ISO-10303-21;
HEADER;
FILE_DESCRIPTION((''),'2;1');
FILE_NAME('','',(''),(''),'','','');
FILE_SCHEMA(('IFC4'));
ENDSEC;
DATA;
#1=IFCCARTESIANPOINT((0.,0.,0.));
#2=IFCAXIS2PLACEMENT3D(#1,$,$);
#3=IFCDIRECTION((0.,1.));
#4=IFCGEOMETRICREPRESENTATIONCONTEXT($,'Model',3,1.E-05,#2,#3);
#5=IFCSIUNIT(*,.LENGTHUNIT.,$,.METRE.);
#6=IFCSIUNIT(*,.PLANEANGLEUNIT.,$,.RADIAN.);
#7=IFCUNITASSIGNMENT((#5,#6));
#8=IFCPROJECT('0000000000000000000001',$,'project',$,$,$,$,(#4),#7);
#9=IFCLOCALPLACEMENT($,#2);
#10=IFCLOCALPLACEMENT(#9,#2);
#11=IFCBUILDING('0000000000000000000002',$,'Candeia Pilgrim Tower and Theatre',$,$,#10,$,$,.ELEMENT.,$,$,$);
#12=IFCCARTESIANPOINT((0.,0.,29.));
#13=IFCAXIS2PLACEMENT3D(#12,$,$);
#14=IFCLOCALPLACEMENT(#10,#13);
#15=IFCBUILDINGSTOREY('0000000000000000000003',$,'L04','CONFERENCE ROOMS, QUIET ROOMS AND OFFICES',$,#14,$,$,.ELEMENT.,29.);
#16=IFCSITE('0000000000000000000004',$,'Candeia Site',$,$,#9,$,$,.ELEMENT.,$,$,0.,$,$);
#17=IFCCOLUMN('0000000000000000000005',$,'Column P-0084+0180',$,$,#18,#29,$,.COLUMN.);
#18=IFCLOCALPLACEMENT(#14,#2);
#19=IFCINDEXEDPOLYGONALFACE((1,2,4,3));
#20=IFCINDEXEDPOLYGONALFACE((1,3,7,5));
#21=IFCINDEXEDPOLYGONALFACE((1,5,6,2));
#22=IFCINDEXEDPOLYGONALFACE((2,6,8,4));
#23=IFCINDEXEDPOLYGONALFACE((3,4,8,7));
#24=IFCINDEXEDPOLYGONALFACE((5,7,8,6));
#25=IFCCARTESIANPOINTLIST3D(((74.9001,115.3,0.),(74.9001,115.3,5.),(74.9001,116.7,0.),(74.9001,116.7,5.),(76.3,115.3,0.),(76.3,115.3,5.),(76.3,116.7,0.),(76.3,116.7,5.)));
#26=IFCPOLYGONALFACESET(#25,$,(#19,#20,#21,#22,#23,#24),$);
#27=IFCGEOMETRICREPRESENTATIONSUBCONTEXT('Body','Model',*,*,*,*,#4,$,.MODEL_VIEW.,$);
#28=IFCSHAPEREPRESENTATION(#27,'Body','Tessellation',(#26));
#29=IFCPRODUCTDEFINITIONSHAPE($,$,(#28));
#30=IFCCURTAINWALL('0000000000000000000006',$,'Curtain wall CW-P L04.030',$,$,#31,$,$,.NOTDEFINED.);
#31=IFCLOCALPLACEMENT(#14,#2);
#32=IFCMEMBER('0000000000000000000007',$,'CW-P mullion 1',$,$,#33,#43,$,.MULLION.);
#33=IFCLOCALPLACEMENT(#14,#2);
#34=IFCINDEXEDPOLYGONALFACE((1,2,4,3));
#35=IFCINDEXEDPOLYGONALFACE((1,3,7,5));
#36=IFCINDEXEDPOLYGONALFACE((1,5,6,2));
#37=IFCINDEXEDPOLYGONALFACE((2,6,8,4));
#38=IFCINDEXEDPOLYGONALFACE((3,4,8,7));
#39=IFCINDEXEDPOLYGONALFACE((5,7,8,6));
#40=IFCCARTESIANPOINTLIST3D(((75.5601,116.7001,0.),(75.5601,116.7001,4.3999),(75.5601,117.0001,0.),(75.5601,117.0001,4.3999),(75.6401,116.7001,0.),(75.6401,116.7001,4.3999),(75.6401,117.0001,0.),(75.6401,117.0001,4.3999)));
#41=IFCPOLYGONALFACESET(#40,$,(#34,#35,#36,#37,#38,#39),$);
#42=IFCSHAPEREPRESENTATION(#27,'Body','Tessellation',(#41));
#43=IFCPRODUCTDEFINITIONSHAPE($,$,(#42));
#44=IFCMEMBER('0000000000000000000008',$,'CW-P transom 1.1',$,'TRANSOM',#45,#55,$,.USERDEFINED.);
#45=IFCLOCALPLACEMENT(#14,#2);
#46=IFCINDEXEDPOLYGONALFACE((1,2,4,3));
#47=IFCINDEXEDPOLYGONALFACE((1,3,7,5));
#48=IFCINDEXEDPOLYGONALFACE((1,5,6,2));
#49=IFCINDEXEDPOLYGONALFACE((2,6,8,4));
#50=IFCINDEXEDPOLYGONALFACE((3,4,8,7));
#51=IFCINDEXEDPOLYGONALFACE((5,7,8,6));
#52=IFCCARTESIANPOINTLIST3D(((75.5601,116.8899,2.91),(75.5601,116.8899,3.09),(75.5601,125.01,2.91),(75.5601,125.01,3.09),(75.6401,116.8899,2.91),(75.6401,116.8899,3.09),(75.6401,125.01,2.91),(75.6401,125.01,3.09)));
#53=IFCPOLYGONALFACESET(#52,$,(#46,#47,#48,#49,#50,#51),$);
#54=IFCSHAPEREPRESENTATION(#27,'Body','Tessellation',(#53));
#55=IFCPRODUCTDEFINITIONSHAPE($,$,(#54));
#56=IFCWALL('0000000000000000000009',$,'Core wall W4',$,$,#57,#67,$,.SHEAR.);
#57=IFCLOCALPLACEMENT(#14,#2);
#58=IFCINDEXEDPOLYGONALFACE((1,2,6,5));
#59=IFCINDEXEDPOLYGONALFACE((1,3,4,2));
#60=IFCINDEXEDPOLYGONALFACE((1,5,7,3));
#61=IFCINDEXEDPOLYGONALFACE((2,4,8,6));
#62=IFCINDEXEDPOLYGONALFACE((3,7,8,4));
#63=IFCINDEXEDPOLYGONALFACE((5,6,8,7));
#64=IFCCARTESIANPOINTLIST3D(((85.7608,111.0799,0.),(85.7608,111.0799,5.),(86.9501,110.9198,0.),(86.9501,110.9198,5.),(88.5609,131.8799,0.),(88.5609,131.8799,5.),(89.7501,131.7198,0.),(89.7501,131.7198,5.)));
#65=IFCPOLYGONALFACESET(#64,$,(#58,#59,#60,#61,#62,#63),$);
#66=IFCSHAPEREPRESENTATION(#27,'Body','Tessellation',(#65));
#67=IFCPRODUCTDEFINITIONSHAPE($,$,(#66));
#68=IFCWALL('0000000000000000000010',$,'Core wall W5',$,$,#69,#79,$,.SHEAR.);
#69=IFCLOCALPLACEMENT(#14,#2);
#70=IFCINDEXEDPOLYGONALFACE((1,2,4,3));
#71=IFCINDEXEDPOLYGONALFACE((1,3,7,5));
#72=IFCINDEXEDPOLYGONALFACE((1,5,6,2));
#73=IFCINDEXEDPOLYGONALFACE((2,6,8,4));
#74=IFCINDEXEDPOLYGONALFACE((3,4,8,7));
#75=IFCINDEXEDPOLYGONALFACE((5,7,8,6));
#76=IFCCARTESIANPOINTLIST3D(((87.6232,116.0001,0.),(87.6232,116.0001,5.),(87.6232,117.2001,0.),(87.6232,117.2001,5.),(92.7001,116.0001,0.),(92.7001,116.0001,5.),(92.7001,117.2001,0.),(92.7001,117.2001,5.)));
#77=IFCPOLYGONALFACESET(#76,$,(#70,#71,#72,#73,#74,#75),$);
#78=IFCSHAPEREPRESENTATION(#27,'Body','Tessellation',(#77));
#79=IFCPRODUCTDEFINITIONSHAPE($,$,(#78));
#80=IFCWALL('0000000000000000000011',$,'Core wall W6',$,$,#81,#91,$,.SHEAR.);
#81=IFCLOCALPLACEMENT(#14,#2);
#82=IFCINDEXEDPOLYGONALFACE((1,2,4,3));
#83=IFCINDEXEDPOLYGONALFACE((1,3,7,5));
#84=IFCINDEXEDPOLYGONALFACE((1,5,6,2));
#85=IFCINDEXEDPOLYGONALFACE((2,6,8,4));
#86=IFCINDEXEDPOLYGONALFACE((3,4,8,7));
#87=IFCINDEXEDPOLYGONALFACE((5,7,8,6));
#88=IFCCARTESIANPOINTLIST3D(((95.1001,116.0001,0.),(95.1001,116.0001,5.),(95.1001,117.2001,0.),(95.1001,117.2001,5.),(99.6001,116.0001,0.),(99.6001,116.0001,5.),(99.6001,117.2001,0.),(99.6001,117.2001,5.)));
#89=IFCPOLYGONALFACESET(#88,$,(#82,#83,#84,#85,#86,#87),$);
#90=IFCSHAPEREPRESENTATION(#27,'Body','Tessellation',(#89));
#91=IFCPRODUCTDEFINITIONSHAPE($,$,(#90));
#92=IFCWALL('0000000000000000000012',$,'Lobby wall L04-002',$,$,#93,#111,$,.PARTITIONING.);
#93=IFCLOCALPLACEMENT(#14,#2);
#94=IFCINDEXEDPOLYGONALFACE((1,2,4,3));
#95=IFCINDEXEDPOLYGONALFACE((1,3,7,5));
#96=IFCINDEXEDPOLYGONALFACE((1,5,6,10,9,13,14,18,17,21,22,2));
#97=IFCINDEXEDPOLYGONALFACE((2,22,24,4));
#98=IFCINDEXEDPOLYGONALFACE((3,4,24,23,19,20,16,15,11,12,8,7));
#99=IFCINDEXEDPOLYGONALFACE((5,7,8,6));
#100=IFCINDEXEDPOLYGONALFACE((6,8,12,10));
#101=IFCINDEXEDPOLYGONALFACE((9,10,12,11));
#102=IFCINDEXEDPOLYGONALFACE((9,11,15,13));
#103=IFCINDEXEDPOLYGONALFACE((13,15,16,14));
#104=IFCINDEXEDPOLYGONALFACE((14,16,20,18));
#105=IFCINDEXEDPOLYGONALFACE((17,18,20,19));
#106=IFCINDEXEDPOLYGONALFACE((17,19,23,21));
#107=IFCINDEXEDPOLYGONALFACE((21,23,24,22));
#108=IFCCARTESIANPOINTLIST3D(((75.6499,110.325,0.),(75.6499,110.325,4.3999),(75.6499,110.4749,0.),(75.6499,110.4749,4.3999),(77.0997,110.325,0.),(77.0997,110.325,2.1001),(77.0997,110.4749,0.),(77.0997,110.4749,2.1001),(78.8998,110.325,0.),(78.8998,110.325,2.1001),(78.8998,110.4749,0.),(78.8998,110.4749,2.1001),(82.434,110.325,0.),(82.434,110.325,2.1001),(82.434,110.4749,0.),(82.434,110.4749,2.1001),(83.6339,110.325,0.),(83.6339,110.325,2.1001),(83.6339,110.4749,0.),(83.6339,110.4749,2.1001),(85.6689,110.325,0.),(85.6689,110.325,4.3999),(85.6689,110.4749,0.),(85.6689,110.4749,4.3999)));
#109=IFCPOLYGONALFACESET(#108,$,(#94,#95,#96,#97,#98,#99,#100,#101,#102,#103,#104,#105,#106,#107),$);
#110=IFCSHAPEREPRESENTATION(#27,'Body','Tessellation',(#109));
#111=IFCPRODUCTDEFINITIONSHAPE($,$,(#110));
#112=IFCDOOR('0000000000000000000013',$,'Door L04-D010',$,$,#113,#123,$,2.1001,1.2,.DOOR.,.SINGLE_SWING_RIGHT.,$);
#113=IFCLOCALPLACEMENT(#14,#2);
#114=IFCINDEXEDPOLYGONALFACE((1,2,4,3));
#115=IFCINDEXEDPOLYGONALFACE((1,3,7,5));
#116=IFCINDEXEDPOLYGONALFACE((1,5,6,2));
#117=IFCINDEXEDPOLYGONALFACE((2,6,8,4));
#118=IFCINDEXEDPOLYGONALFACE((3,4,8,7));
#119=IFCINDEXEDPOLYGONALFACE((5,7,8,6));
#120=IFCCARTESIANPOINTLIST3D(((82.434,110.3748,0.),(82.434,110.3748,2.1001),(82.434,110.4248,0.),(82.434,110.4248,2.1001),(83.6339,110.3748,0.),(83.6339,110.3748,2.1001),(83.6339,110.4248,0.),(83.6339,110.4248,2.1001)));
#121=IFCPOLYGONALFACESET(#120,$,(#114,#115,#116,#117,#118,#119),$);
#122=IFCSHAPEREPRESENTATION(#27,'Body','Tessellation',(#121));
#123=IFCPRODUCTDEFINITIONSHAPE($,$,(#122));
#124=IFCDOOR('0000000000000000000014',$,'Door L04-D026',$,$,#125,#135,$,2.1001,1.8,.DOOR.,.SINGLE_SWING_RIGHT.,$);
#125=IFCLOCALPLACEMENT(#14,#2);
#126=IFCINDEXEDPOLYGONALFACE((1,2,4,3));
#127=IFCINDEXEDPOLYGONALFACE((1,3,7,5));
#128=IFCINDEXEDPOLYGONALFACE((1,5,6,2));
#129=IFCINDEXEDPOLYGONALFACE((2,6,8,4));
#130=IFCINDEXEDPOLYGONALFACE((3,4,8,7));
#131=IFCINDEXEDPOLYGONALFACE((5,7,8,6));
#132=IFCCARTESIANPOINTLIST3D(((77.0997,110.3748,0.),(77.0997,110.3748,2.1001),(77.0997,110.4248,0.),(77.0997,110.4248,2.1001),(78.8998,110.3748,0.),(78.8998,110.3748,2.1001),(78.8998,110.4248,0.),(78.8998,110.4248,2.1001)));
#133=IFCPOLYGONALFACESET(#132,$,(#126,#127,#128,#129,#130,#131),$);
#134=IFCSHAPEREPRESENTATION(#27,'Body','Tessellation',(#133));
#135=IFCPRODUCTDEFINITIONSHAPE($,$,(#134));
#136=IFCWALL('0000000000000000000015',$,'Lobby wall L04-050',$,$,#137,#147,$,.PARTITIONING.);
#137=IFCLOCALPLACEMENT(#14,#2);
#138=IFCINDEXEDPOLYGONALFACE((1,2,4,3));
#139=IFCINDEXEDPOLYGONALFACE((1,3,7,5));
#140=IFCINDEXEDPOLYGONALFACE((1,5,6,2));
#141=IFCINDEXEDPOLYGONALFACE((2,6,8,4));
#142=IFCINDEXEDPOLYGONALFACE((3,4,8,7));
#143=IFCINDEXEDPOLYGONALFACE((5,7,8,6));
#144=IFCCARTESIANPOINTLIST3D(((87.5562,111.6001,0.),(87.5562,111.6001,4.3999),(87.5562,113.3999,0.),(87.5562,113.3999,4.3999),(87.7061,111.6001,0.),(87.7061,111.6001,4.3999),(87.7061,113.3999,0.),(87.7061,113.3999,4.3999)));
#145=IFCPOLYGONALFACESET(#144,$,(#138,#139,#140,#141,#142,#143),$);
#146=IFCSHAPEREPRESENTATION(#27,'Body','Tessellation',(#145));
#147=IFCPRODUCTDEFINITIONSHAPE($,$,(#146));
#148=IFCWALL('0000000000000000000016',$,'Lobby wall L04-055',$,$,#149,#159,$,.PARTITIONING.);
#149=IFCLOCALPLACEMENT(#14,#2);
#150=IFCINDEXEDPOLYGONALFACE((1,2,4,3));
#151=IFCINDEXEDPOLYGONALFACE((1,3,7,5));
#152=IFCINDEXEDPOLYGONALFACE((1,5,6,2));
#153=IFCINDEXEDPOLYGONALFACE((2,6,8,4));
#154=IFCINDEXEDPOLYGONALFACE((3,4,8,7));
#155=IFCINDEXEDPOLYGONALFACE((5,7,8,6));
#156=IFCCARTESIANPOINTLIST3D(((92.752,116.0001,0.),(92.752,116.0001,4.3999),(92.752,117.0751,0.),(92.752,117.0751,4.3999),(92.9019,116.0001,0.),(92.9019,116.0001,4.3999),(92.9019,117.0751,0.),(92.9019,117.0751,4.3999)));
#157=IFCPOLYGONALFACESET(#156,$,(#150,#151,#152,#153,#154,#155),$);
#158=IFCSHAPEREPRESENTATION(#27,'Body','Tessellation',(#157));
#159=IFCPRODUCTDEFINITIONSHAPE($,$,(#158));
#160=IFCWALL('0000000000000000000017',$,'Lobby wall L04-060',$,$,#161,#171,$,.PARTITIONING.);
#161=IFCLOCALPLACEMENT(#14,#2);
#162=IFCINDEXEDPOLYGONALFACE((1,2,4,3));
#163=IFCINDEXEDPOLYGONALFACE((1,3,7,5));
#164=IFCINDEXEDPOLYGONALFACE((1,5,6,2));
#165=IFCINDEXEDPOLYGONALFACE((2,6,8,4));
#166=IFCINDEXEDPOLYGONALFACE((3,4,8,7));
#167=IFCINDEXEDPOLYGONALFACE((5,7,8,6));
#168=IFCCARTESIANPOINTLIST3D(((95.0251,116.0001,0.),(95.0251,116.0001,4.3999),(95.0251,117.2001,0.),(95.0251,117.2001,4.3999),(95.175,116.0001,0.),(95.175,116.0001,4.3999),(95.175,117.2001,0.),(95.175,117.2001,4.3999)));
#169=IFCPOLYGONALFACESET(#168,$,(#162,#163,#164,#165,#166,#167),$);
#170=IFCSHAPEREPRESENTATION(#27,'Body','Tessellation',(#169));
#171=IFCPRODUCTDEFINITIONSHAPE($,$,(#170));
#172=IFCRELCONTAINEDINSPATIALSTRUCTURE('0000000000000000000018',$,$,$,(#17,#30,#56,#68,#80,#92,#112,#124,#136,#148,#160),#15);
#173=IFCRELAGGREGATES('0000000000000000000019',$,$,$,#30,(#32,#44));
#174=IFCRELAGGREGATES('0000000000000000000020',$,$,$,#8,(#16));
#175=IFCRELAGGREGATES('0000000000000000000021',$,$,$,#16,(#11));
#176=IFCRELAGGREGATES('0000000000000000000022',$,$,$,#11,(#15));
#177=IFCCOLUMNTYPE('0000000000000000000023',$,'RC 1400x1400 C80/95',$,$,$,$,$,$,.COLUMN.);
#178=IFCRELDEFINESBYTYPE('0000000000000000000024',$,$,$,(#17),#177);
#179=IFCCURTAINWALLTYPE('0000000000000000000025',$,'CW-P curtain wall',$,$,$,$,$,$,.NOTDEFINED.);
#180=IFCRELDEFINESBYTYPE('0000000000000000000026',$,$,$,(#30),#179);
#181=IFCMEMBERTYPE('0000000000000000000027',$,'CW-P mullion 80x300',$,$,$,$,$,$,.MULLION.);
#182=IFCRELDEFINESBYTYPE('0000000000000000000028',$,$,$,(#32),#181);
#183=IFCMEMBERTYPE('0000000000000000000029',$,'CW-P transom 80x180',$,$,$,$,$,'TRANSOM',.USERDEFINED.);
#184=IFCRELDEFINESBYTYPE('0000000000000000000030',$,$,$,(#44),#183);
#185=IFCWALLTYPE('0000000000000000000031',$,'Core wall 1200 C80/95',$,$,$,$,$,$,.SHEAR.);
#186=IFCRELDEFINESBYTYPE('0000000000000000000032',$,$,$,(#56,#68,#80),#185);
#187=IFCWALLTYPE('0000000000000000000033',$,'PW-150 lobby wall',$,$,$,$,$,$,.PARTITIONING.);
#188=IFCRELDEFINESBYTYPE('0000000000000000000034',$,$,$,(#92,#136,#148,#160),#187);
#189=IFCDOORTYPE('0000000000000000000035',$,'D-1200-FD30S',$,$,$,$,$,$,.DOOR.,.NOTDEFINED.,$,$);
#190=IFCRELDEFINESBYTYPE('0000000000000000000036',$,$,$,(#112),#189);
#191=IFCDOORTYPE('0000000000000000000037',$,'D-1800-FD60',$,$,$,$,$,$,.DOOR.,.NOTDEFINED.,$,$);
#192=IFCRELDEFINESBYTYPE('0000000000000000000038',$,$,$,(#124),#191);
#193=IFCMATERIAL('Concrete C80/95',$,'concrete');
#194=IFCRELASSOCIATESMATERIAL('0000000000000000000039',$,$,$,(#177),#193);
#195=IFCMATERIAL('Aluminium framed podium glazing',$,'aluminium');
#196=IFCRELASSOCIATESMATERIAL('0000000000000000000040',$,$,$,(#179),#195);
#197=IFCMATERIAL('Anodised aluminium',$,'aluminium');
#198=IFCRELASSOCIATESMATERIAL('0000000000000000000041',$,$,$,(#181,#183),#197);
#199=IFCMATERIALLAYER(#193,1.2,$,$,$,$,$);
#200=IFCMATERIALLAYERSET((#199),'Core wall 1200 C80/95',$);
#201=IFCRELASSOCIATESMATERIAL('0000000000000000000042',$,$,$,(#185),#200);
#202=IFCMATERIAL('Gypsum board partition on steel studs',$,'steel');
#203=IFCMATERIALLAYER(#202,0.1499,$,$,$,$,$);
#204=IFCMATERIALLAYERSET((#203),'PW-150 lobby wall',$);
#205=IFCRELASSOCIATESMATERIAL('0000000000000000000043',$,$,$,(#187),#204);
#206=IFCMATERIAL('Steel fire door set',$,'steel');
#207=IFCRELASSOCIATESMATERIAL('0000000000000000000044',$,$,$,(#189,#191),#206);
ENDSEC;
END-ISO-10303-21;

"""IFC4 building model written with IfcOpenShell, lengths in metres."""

from ifc_helpers import new_model, si_unit, direction, frame, frame_2d, origin, origin_2d, place, context, subcontext, project, spatial, rectangle, extrude, material, layer, layer_set, material_profile, profile_set, type_object, element, fill, aggregate, save


model = new_model("IFC4")

# Units and contexts
model_context = context("Model", 3, precision=1e-05, world=origin(), true_north=direction((0.0, 1.0)))
body_context = subcontext(model_context, "Body", "Model", "MODEL_VIEW")
ifc_project = project(units=[si_unit("LENGTHUNIT", "METRE"), si_unit("PLANEANGLEUNIT", "RADIAN")], contexts=[model_context])

# Site, building, storey
site_placement = place(None, origin())
site = spatial("IfcSite", under=ifc_project, at=site_placement, Name="Candeia Site", CompositionType="ELEMENT", RefElevation=0.0)
building_placement = place(site_placement, origin())
building = spatial("IfcBuilding", under=site, at=building_placement, Name="Candeia Pilgrim Tower and Theatre", CompositionType="ELEMENT")
storey_placement = place(building_placement, frame((0.0, 0.0, 29.0)))
storey = spatial("IfcBuildingStorey", under=building, at=storey_placement, Name="L04", Description="CONFERENCE ROOMS, QUIET ROOMS AND OFFICES", CompositionType="ELEMENT", Elevation=29.0)

# Column
ifc_material_1 = material(Name="Concrete C80/95", Category="concrete")
ifc_material_profile_1 = material_profile(ifc_material_1, rectangle(XDim=1.3999, YDim=1.3999, at=origin_2d()))
ifc_profile_set_1 = profile_set([ifc_material_profile_1], Name="Concrete C80/95")
column_type = type_object("IfcColumnType", Name="RC 1400x1400 C80/95", PredefinedType="COLUMN", material=ifc_profile_set_1)
column_placement = place(storey_placement, frame((75.6001, 116.0, 0.0), z_axis=(0.0, 0.0, 1.0), x_axis=(1.0, 0.0, 0.0)))
element("IfcColumn", 1, at=column_placement, inside=storey, type_object=column_type, Name="Column P-0084+0180", PredefinedType="COLUMN", context=body_context, shape_type="SweptSolid", body=[
    extrude(rectangle(XDim=1.3999, YDim=1.3999, at=origin_2d()), origin(), (0.0, 0.0, 1.0), 5.0),
])

# Curtain wall, members
ifc_material_2 = material(Name="Aluminium framed podium glazing", Category="aluminium")
curtain_wall_type = type_object("IfcCurtainWallType", Name="CW-P curtain wall", PredefinedType="NOTDEFINED", material=ifc_material_2)
curtain_wall_placement = place(storey_placement, origin())
curtain_wall = element("IfcCurtainWall", 2, at=curtain_wall_placement, inside=storey, type_object=curtain_wall_type, Name="Curtain wall CW-P L04.030", PredefinedType="NOTDEFINED")
ifc_material_3 = material(Name="Anodised aluminium", Category="aluminium")
ifc_material_profile_2 = material_profile(ifc_material_3, rectangle(XDim=0.0801, YDim=0.3, at=origin_2d()))
ifc_profile_set_2 = profile_set([ifc_material_profile_2], Name="Anodised aluminium")
member_type_1 = type_object("IfcMemberType", Name="CW-P mullion 80x300", PredefinedType="MULLION", material=ifc_profile_set_2)
member_1_placement = place(storey_placement, frame((75.6001, 116.8501, 0.0), z_axis=(0.0, 0.0, 1.0), x_axis=(-1.0, 0.0, 0.0)))
member_1 = element("IfcMember", 3, at=member_1_placement, type_object=member_type_1, Name="CW-P mullion 1", PredefinedType="MULLION", context=body_context, shape_type="SweptSolid", body=[
    extrude(rectangle(XDim=0.0801, YDim=0.3, at=origin_2d()), origin(), (0.0, 0.0, 1.0), 4.3999),
])
ifc_material_profile_3 = material_profile(ifc_material_3, rectangle(XDim=0.0801, YDim=0.1799, at=origin_2d()))
ifc_profile_set_3 = profile_set([ifc_material_profile_3], Name="Anodised aluminium")
member_type_2 = type_object("IfcMemberType", Name="CW-P transom 80x180", ElementType="TRANSOM", PredefinedType="USERDEFINED", material=ifc_profile_set_3)
member_2_placement = place(storey_placement, frame((75.6001, 116.8899, 3.0), z_axis=(0.0, 1.0, 0.0), x_axis=(-1.0, 0.0, 0.0)))
member_2 = element("IfcMember", 4, at=member_2_placement, type_object=member_type_2, Name="CW-P transom 1.1", ObjectType="TRANSOM", PredefinedType="USERDEFINED", context=body_context, shape_type="SweptSolid", body=[
    extrude(rectangle(XDim=0.0801, YDim=0.1799, at=origin_2d()), origin(), (0.0, 0.0, 1.0), 8.1201),
])
aggregate(curtain_wall, [member_1, member_2])

# Walls
ifc_layer_1 = layer(ifc_material_1, 1.2)
ifc_layer_set_1 = layer_set([ifc_layer_1], Name="Core wall 1200 C80/95")
wall_type_1 = type_object("IfcWallType", Name="Core wall 1200 C80/95", PredefinedType="SHEAR", material=ifc_layer_set_1)
wall_1_placement = place(storey_placement, frame((86.3555, 111.0, 0.0), z_axis=(0.0, 0.0, 1.0), x_axis=(0.133414, 0.99106, 0.0)))
element("IfcWall", 5, at=wall_1_placement, inside=storey, type_object=wall_type_1, Name="Core wall W4", PredefinedType="SHEAR", context=body_context, shape_type="SweptSolid", body=[
    extrude(rectangle(XDim=20.9875, YDim=1.2, at=frame_2d((10.4937, 0.0))), origin(), (0.0, 0.0, 1.0), 5.0),
])
wall_2_placement = place(storey_placement, frame((87.623, 116.6001, 0.0), z_axis=(0.0, 0.0, 1.0), x_axis=(1.0, 0.0, 0.0)))
element("IfcWall", 6, at=wall_2_placement, inside=storey, type_object=wall_type_1, Name="Core wall W5", PredefinedType="SHEAR", context=body_context, shape_type="SweptSolid", body=[
    extrude(rectangle(XDim=5.0769, YDim=1.2, at=frame_2d((2.5386, 0.0))), origin(), (0.0, 0.0, 1.0), 5.0),
])
wall_3_placement = place(storey_placement, frame((95.1001, 116.6001, 0.0), z_axis=(0.0, 0.0, 1.0), x_axis=(1.0, 0.0, 0.0)))
element("IfcWall", 7, at=wall_3_placement, inside=storey, type_object=wall_type_1, Name="Core wall W6", PredefinedType="SHEAR", context=body_context, shape_type="SweptSolid", body=[
    extrude(rectangle(XDim=4.5, YDim=1.2, at=frame_2d((2.25, 0.0))), origin(), (0.0, 0.0, 1.0), 5.0),
])

# Wall, openings, doors
ifc_material_4 = material(Name="Gypsum board partition on steel studs", Category="steel")
ifc_layer_2 = layer(ifc_material_4, 0.1499)
ifc_layer_set_2 = layer_set([ifc_layer_2], Name="PW-150 lobby wall")
wall_type_2 = type_object("IfcWallType", Name="PW-150 lobby wall", PredefinedType="PARTITIONING", material=ifc_layer_set_2)
wall_4_placement = place(storey_placement, frame((75.6499, 110.3999, 0.0), z_axis=(0.0, 0.0, 1.0), x_axis=(1.0, 0.0, 0.0)))
wall_4 = element("IfcWall", 8, at=wall_4_placement, inside=storey, type_object=wall_type_2, Name="Lobby wall L04-002", PredefinedType="PARTITIONING", context=body_context, shape_type="SweptSolid", body=[
    extrude(rectangle(XDim=10.019, YDim=0.1499, at=frame_2d((5.0095, 0.0))), origin(), (0.0, 0.0, 1.0), 4.3999),
])
opening_1_placement = place(wall_4_placement, frame((6.7839, 0.0, 0.0)))
opening_1 = element("IfcOpeningElement", 9, at=opening_1_placement, cuts=wall_4, PredefinedType="OPENING", context=body_context, shape_type="SweptSolid", body=[
    extrude(rectangle(XDim=1.2, YDim=2.1001, at=frame_2d((0.6001, 1.05))), frame((0.0, 0.085, 0.0), z_axis=(0.0, -1.0, 0.0), x_axis=(1.0, 0.0, 0.0)), (0.0, 0.0, 1.0), 0.1699),
])
opening_2_placement = place(wall_4_placement, frame((1.45, 0.0, 0.0)))
opening_2 = element("IfcOpeningElement", 10, at=opening_2_placement, cuts=wall_4, PredefinedType="OPENING", context=body_context, shape_type="SweptSolid", body=[
    extrude(rectangle(XDim=1.8, YDim=2.1001, at=frame_2d((0.8999, 1.05))), frame((0.0, 0.085, 0.0), z_axis=(0.0, -1.0, 0.0), x_axis=(1.0, 0.0, 0.0)), (0.0, 0.0, 1.0), 0.1699),
])
ifc_material_5 = material(Name="Steel fire door set", Category="steel")
door_type_1 = type_object("IfcDoorType", Name="D-1200-FD30S", OperationType="NOTDEFINED", PredefinedType="DOOR", material=ifc_material_5)
door_1_placement = place(opening_1_placement, origin())
door_1 = element("IfcDoor", 11, at=door_1_placement, inside=storey, type_object=door_type_1, Name="Door L04-D010", OperationType="SINGLE_SWING_RIGHT", OverallHeight=2.1001, OverallWidth=1.2, PredefinedType="DOOR", context=body_context, shape_type="SweptSolid", body=[
    extrude(rectangle(XDim=1.2, YDim=2.1001, at=frame_2d((0.6001, 1.05))), frame((0.0, 0.0249, 0.0), z_axis=(0.0, -1.0, 0.0), x_axis=(1.0, 0.0, 0.0)), (0.0, 0.0, 1.0), 0.05),
])
fill(opening_1, door_1)
door_type_2 = type_object("IfcDoorType", Name="D-1800-FD60", OperationType="NOTDEFINED", PredefinedType="DOOR", material=ifc_material_5)
door_2_placement = place(opening_2_placement, origin())
door_2 = element("IfcDoor", 12, at=door_2_placement, inside=storey, type_object=door_type_2, Name="Door L04-D026", OperationType="SINGLE_SWING_RIGHT", OverallHeight=2.1001, OverallWidth=1.8, PredefinedType="DOOR", context=body_context, shape_type="SweptSolid", body=[
    extrude(rectangle(XDim=1.8, YDim=2.1001, at=frame_2d((0.8999, 1.05))), frame((0.0, 0.0249, 0.0), z_axis=(0.0, -1.0, 0.0), x_axis=(1.0, 0.0, 0.0)), (0.0, 0.0, 1.0), 0.05),
])
fill(opening_2, door_2)

# Walls
wall_5_placement = place(storey_placement, frame((87.6311, 111.6001, 0.0), z_axis=(0.0, 0.0, 1.0), x_axis=(0.0, 1.0, 0.0)))
element("IfcWall", 13, at=wall_5_placement, inside=storey, type_object=wall_type_2, Name="Lobby wall L04-050", PredefinedType="PARTITIONING", context=body_context, shape_type="SweptSolid", body=[
    extrude(rectangle(XDim=1.7998, YDim=0.1499, at=frame_2d((0.8999, 0.0))), origin(), (0.0, 0.0, 1.0), 4.3999),
])
wall_6_placement = place(storey_placement, frame((92.8269, 116.0, 0.0), z_axis=(0.0, 0.0, 1.0), x_axis=(0.0, 1.0, 0.0)))
element("IfcWall", 14, at=wall_6_placement, inside=storey, type_object=wall_type_2, Name="Lobby wall L04-055", PredefinedType="PARTITIONING", context=body_context, shape_type="SweptSolid", body=[
    extrude(rectangle(XDim=1.075, YDim=0.1499, at=frame_2d((0.5376, 0.0))), origin(), (0.0, 0.0, 1.0), 4.3999),
])
wall_7_placement = place(storey_placement, frame((95.1001, 116.0, 0.0), z_axis=(0.0, 0.0, 1.0), x_axis=(0.0, 1.0, 0.0)))
element("IfcWall", 15, at=wall_7_placement, inside=storey, type_object=wall_type_2, Name="Lobby wall L04-060", PredefinedType="PARTITIONING", context=body_context, shape_type="SweptSolid", body=[
    extrude(rectangle(XDim=1.2, YDim=0.1499, at=frame_2d((0.6001, 0.0))), origin(), (0.0, 0.0, 1.0), 4.3999),
])

save(model, "model.ifc")
